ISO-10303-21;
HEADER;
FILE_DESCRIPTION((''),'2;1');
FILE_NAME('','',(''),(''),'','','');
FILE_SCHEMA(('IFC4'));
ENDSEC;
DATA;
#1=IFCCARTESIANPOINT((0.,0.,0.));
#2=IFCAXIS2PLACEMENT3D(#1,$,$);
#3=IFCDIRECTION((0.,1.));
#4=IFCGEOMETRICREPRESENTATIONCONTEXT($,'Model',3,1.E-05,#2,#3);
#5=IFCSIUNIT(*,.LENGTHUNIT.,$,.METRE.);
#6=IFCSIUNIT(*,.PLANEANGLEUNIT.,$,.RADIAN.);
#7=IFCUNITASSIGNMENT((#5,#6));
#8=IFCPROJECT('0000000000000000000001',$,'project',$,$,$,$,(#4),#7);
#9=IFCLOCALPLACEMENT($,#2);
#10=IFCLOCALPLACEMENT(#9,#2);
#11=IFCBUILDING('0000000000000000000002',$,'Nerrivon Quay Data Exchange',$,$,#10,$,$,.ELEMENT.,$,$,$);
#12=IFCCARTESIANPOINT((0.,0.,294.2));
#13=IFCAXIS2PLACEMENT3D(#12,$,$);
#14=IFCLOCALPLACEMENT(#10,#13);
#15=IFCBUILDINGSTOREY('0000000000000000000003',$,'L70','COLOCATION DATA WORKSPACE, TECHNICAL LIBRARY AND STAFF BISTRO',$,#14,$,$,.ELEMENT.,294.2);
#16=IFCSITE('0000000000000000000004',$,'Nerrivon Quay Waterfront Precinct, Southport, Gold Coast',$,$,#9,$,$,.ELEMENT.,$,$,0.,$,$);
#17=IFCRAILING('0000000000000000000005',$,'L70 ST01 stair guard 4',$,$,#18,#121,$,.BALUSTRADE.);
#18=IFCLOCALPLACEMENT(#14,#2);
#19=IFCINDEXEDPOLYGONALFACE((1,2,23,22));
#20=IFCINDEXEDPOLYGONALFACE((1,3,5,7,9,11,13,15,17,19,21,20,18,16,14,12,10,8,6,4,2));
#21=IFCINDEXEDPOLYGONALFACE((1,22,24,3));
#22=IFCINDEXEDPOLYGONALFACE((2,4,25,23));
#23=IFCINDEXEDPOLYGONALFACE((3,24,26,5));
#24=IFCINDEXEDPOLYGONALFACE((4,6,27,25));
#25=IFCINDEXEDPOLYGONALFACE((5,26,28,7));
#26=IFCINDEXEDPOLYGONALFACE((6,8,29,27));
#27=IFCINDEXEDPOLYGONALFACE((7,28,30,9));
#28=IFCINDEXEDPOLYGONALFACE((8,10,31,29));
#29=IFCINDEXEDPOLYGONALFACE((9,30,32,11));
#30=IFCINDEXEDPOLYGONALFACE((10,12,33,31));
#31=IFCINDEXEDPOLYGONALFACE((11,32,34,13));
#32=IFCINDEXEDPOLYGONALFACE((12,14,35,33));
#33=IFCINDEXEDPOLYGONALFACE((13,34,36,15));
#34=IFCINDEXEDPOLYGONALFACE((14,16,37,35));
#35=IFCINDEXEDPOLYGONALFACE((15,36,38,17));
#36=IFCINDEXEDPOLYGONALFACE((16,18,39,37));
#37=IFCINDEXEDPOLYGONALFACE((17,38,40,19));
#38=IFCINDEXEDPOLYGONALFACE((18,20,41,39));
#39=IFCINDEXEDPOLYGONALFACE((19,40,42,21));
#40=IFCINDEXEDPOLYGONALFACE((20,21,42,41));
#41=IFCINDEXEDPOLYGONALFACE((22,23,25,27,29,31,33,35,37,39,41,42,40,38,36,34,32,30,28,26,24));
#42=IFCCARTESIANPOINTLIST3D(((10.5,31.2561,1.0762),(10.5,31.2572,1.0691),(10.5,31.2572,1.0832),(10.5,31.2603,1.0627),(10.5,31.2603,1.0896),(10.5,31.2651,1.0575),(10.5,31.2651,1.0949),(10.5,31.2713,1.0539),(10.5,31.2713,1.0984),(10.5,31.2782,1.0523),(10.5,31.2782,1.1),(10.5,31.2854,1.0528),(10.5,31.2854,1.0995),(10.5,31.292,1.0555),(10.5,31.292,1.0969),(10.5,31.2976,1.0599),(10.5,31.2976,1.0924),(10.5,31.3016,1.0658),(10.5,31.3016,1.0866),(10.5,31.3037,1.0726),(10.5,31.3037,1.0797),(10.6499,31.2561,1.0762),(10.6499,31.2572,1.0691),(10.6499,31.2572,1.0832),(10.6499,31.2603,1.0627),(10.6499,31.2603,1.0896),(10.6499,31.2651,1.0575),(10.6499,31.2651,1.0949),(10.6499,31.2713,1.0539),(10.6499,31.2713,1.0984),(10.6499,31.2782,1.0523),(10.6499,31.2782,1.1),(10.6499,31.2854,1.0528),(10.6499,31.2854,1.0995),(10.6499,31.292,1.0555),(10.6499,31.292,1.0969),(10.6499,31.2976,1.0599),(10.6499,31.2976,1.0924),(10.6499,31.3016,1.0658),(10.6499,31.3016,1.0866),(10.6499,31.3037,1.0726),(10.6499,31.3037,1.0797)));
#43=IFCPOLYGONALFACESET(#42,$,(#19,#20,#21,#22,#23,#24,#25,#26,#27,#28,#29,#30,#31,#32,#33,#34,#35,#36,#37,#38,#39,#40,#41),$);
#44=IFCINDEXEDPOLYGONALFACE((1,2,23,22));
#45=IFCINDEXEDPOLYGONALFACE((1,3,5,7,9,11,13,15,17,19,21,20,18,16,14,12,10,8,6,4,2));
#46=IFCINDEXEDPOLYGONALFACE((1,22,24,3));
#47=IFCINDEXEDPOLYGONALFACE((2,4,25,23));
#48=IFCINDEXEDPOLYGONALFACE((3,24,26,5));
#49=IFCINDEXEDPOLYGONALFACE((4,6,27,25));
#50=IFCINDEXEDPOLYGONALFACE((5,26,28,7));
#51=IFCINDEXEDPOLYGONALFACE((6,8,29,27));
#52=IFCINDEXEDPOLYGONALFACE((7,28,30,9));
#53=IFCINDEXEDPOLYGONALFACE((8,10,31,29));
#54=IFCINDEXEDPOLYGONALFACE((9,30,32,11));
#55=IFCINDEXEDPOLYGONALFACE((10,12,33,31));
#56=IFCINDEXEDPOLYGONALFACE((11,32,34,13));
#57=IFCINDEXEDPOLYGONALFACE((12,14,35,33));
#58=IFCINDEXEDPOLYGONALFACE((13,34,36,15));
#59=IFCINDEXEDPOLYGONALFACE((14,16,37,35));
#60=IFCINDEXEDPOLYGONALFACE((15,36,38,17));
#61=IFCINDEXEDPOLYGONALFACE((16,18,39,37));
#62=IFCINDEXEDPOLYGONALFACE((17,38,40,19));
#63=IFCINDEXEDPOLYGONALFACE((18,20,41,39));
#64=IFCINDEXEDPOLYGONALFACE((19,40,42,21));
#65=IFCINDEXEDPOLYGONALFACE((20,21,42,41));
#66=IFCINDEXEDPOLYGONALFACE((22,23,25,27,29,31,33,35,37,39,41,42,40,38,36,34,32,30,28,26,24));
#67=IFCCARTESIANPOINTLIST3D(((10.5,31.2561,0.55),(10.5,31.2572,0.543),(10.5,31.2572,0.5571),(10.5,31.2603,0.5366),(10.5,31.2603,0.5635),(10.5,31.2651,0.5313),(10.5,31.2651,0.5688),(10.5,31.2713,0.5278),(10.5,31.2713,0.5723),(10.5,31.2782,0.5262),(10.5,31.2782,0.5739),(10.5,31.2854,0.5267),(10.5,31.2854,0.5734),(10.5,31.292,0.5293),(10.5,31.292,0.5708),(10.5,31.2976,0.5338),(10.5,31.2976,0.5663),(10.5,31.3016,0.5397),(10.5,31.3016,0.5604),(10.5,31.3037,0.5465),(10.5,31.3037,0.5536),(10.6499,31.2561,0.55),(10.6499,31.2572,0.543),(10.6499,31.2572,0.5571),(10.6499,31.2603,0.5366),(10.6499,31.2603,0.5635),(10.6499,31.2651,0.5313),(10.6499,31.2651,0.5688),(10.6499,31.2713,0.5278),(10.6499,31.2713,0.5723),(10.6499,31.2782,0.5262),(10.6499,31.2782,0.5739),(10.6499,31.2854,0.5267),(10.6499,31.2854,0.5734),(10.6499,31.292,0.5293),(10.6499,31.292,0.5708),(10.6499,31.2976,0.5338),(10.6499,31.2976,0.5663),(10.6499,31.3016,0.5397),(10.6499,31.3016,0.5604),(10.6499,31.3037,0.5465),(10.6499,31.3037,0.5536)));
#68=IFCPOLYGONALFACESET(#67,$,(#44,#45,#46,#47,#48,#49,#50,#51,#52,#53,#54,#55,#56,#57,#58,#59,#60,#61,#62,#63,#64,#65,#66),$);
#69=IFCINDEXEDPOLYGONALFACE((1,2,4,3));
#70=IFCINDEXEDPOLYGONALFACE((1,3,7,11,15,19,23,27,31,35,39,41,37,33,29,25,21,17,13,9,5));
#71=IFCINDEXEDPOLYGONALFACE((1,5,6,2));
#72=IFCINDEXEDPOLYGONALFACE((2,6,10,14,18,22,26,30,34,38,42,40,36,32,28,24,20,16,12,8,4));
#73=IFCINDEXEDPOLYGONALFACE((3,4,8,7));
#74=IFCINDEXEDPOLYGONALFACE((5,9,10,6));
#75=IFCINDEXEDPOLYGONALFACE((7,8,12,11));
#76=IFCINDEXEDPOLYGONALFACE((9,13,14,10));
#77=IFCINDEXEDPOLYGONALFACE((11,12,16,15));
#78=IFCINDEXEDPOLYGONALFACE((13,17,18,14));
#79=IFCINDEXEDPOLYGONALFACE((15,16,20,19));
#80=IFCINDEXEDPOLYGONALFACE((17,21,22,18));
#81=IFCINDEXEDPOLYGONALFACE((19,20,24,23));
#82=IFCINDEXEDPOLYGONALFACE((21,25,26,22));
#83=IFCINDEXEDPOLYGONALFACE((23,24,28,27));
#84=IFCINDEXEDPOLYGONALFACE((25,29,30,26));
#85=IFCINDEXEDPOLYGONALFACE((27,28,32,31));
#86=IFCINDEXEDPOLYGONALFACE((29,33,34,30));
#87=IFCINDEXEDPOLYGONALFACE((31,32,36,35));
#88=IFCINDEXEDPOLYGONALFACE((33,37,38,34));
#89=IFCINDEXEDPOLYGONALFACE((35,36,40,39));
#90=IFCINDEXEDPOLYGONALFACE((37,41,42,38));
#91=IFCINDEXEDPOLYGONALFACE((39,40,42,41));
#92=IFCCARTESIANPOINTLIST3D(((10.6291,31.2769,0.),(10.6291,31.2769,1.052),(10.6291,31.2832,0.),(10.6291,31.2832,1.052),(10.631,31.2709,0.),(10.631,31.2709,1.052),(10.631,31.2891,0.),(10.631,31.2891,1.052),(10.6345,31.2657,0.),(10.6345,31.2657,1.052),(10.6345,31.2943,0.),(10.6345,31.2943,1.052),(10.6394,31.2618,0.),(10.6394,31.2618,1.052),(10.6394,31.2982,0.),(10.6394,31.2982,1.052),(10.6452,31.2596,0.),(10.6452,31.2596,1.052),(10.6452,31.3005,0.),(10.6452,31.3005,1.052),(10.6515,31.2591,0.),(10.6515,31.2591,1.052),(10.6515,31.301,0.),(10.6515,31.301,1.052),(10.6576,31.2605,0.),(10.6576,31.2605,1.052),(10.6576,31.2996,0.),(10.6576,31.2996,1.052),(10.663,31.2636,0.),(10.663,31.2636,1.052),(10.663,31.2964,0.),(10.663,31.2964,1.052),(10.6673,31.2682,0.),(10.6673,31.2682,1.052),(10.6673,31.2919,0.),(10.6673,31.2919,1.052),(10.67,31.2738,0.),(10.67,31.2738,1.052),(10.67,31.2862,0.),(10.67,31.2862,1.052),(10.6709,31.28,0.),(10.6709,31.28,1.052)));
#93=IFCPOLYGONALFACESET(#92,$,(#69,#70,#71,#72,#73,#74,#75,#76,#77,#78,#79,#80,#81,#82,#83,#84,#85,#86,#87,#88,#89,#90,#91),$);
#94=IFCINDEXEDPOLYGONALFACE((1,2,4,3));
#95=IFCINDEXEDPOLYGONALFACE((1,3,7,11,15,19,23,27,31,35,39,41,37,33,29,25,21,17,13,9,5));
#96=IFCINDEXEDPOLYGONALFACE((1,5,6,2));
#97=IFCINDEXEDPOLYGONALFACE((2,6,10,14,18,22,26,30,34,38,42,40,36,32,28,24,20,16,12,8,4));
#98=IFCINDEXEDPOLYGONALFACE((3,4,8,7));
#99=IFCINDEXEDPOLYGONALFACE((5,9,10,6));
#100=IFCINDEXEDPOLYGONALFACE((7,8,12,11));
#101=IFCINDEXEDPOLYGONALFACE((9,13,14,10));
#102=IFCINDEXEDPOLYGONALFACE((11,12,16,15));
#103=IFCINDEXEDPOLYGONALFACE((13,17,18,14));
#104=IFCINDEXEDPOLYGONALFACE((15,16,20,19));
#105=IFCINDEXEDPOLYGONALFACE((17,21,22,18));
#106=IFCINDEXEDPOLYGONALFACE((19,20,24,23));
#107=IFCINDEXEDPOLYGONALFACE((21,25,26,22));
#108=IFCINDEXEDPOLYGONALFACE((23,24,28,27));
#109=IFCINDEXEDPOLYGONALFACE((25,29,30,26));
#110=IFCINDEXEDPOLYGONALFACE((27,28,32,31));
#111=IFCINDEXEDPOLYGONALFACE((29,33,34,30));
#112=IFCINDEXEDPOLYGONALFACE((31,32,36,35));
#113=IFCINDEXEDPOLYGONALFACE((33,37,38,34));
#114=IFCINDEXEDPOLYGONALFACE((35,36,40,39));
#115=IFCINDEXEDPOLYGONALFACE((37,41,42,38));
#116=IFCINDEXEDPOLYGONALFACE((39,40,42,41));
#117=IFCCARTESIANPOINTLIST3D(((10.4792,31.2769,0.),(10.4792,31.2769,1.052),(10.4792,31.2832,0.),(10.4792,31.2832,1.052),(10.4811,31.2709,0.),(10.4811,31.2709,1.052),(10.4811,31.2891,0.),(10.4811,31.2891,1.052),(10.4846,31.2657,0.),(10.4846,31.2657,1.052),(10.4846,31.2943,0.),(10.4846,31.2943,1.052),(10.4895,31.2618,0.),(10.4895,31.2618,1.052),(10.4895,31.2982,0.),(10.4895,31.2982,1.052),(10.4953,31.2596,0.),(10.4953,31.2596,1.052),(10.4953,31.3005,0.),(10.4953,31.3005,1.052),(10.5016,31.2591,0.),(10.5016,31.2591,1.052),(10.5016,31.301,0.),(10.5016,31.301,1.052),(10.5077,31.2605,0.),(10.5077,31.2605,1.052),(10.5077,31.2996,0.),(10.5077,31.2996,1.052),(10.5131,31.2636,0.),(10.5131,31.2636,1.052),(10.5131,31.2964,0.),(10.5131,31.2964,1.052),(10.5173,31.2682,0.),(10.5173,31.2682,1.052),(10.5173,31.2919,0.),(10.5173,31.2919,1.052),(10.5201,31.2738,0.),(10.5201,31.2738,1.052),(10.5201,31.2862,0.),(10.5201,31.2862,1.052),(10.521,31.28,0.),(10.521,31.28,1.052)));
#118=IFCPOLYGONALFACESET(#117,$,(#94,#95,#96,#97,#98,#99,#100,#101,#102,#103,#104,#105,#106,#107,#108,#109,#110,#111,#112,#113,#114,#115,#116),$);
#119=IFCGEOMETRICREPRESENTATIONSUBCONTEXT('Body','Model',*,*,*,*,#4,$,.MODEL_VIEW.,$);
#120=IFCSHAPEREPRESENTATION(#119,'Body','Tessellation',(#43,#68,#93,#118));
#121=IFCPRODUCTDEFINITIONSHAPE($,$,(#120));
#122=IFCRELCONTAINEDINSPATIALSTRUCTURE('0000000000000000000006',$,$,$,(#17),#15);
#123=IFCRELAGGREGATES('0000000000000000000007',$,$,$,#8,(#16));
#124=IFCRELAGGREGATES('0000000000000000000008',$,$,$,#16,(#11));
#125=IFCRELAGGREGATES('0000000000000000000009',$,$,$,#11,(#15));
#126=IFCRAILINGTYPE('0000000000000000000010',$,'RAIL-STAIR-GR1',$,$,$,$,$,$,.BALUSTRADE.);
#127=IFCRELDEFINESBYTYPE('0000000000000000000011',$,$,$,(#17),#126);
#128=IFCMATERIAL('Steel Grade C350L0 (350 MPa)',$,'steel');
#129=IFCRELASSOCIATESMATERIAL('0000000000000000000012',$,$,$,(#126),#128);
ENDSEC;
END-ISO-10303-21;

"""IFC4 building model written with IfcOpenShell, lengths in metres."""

from ifc_helpers import new_model, si_unit, direction, frame, origin, origin_2d, place, context, subcontext, project, spatial, circle, extrude, material, type_object, element, save


model = new_model("IFC4")

# Units and contexts
model_context = context("Model", 3, precision=1e-05, world=origin(), true_north=direction((0.0, 1.0)))
body_context = subcontext(model_context, "Body", "Model", "MODEL_VIEW")
ifc_project = project(units=[si_unit("LENGTHUNIT", "METRE"), si_unit("PLANEANGLEUNIT", "RADIAN")], contexts=[model_context])

# Site, building, storey
site_placement = place(None, origin())
site = spatial("IfcSite", under=ifc_project, at=site_placement, Name="Nerrivon Quay Waterfront Precinct, Southport, Gold Coast", CompositionType="ELEMENT", RefElevation=0.0)
building_placement = place(site_placement, origin())
building = spatial("IfcBuilding", under=site, at=building_placement, Name="Nerrivon Quay Data Exchange", CompositionType="ELEMENT")
storey_placement = place(building_placement, frame((0.0, 0.0, 294.2)))
storey = spatial("IfcBuildingStorey", under=building, at=storey_placement, Name="L70", Description="COLOCATION DATA WORKSPACE, TECHNICAL LIBRARY AND STAFF BISTRO", CompositionType="ELEMENT", Elevation=294.2)

# Railing
ifc_material_1 = material(Name="Steel Grade C350L0 (350 MPa)", Category="steel")
railing_type_1 = type_object("IfcRailingType", Name="RAIL-STAIR-GR1", PredefinedType="BALUSTRADE", material=ifc_material_1)
railing_1_placement = place(storey_placement, frame((10.6499, 31.28, 0.0)))
element("IfcRailing", 1, at=railing_1_placement, inside=storey, type_object=railing_type_1, Name="L70 ST01 stair guard 4", PredefinedType="BALUSTRADE", context=body_context, shape_type="SweptSolid", body=[
    extrude(circle(Radius=0.0239, at=origin_2d()), frame((0.0, 0.0, 1.0762), z_axis=(-1.0, 0.0, 0.0), x_axis=(0.0, -1.0, 0.0)), (0.0, 0.0, 1.0), 0.1499),
    extrude(circle(Radius=0.0239, at=origin_2d()), frame((0.0, 0.0, 0.55), z_axis=(-1.0, 0.0, 0.0), x_axis=(0.0, -1.0, 0.0)), (0.0, 0.0, 1.0), 0.1499),
    extrude(circle(Radius=0.021, at=origin_2d()), origin(), (0.0, 0.0, 1.0), 1.052),
    extrude(circle(Radius=0.021, at=origin_2d()), frame((-0.1499, 0.0, 0.0)), (0.0, 0.0, 1.0), 1.052),
])

save(model, "model.ifc")
